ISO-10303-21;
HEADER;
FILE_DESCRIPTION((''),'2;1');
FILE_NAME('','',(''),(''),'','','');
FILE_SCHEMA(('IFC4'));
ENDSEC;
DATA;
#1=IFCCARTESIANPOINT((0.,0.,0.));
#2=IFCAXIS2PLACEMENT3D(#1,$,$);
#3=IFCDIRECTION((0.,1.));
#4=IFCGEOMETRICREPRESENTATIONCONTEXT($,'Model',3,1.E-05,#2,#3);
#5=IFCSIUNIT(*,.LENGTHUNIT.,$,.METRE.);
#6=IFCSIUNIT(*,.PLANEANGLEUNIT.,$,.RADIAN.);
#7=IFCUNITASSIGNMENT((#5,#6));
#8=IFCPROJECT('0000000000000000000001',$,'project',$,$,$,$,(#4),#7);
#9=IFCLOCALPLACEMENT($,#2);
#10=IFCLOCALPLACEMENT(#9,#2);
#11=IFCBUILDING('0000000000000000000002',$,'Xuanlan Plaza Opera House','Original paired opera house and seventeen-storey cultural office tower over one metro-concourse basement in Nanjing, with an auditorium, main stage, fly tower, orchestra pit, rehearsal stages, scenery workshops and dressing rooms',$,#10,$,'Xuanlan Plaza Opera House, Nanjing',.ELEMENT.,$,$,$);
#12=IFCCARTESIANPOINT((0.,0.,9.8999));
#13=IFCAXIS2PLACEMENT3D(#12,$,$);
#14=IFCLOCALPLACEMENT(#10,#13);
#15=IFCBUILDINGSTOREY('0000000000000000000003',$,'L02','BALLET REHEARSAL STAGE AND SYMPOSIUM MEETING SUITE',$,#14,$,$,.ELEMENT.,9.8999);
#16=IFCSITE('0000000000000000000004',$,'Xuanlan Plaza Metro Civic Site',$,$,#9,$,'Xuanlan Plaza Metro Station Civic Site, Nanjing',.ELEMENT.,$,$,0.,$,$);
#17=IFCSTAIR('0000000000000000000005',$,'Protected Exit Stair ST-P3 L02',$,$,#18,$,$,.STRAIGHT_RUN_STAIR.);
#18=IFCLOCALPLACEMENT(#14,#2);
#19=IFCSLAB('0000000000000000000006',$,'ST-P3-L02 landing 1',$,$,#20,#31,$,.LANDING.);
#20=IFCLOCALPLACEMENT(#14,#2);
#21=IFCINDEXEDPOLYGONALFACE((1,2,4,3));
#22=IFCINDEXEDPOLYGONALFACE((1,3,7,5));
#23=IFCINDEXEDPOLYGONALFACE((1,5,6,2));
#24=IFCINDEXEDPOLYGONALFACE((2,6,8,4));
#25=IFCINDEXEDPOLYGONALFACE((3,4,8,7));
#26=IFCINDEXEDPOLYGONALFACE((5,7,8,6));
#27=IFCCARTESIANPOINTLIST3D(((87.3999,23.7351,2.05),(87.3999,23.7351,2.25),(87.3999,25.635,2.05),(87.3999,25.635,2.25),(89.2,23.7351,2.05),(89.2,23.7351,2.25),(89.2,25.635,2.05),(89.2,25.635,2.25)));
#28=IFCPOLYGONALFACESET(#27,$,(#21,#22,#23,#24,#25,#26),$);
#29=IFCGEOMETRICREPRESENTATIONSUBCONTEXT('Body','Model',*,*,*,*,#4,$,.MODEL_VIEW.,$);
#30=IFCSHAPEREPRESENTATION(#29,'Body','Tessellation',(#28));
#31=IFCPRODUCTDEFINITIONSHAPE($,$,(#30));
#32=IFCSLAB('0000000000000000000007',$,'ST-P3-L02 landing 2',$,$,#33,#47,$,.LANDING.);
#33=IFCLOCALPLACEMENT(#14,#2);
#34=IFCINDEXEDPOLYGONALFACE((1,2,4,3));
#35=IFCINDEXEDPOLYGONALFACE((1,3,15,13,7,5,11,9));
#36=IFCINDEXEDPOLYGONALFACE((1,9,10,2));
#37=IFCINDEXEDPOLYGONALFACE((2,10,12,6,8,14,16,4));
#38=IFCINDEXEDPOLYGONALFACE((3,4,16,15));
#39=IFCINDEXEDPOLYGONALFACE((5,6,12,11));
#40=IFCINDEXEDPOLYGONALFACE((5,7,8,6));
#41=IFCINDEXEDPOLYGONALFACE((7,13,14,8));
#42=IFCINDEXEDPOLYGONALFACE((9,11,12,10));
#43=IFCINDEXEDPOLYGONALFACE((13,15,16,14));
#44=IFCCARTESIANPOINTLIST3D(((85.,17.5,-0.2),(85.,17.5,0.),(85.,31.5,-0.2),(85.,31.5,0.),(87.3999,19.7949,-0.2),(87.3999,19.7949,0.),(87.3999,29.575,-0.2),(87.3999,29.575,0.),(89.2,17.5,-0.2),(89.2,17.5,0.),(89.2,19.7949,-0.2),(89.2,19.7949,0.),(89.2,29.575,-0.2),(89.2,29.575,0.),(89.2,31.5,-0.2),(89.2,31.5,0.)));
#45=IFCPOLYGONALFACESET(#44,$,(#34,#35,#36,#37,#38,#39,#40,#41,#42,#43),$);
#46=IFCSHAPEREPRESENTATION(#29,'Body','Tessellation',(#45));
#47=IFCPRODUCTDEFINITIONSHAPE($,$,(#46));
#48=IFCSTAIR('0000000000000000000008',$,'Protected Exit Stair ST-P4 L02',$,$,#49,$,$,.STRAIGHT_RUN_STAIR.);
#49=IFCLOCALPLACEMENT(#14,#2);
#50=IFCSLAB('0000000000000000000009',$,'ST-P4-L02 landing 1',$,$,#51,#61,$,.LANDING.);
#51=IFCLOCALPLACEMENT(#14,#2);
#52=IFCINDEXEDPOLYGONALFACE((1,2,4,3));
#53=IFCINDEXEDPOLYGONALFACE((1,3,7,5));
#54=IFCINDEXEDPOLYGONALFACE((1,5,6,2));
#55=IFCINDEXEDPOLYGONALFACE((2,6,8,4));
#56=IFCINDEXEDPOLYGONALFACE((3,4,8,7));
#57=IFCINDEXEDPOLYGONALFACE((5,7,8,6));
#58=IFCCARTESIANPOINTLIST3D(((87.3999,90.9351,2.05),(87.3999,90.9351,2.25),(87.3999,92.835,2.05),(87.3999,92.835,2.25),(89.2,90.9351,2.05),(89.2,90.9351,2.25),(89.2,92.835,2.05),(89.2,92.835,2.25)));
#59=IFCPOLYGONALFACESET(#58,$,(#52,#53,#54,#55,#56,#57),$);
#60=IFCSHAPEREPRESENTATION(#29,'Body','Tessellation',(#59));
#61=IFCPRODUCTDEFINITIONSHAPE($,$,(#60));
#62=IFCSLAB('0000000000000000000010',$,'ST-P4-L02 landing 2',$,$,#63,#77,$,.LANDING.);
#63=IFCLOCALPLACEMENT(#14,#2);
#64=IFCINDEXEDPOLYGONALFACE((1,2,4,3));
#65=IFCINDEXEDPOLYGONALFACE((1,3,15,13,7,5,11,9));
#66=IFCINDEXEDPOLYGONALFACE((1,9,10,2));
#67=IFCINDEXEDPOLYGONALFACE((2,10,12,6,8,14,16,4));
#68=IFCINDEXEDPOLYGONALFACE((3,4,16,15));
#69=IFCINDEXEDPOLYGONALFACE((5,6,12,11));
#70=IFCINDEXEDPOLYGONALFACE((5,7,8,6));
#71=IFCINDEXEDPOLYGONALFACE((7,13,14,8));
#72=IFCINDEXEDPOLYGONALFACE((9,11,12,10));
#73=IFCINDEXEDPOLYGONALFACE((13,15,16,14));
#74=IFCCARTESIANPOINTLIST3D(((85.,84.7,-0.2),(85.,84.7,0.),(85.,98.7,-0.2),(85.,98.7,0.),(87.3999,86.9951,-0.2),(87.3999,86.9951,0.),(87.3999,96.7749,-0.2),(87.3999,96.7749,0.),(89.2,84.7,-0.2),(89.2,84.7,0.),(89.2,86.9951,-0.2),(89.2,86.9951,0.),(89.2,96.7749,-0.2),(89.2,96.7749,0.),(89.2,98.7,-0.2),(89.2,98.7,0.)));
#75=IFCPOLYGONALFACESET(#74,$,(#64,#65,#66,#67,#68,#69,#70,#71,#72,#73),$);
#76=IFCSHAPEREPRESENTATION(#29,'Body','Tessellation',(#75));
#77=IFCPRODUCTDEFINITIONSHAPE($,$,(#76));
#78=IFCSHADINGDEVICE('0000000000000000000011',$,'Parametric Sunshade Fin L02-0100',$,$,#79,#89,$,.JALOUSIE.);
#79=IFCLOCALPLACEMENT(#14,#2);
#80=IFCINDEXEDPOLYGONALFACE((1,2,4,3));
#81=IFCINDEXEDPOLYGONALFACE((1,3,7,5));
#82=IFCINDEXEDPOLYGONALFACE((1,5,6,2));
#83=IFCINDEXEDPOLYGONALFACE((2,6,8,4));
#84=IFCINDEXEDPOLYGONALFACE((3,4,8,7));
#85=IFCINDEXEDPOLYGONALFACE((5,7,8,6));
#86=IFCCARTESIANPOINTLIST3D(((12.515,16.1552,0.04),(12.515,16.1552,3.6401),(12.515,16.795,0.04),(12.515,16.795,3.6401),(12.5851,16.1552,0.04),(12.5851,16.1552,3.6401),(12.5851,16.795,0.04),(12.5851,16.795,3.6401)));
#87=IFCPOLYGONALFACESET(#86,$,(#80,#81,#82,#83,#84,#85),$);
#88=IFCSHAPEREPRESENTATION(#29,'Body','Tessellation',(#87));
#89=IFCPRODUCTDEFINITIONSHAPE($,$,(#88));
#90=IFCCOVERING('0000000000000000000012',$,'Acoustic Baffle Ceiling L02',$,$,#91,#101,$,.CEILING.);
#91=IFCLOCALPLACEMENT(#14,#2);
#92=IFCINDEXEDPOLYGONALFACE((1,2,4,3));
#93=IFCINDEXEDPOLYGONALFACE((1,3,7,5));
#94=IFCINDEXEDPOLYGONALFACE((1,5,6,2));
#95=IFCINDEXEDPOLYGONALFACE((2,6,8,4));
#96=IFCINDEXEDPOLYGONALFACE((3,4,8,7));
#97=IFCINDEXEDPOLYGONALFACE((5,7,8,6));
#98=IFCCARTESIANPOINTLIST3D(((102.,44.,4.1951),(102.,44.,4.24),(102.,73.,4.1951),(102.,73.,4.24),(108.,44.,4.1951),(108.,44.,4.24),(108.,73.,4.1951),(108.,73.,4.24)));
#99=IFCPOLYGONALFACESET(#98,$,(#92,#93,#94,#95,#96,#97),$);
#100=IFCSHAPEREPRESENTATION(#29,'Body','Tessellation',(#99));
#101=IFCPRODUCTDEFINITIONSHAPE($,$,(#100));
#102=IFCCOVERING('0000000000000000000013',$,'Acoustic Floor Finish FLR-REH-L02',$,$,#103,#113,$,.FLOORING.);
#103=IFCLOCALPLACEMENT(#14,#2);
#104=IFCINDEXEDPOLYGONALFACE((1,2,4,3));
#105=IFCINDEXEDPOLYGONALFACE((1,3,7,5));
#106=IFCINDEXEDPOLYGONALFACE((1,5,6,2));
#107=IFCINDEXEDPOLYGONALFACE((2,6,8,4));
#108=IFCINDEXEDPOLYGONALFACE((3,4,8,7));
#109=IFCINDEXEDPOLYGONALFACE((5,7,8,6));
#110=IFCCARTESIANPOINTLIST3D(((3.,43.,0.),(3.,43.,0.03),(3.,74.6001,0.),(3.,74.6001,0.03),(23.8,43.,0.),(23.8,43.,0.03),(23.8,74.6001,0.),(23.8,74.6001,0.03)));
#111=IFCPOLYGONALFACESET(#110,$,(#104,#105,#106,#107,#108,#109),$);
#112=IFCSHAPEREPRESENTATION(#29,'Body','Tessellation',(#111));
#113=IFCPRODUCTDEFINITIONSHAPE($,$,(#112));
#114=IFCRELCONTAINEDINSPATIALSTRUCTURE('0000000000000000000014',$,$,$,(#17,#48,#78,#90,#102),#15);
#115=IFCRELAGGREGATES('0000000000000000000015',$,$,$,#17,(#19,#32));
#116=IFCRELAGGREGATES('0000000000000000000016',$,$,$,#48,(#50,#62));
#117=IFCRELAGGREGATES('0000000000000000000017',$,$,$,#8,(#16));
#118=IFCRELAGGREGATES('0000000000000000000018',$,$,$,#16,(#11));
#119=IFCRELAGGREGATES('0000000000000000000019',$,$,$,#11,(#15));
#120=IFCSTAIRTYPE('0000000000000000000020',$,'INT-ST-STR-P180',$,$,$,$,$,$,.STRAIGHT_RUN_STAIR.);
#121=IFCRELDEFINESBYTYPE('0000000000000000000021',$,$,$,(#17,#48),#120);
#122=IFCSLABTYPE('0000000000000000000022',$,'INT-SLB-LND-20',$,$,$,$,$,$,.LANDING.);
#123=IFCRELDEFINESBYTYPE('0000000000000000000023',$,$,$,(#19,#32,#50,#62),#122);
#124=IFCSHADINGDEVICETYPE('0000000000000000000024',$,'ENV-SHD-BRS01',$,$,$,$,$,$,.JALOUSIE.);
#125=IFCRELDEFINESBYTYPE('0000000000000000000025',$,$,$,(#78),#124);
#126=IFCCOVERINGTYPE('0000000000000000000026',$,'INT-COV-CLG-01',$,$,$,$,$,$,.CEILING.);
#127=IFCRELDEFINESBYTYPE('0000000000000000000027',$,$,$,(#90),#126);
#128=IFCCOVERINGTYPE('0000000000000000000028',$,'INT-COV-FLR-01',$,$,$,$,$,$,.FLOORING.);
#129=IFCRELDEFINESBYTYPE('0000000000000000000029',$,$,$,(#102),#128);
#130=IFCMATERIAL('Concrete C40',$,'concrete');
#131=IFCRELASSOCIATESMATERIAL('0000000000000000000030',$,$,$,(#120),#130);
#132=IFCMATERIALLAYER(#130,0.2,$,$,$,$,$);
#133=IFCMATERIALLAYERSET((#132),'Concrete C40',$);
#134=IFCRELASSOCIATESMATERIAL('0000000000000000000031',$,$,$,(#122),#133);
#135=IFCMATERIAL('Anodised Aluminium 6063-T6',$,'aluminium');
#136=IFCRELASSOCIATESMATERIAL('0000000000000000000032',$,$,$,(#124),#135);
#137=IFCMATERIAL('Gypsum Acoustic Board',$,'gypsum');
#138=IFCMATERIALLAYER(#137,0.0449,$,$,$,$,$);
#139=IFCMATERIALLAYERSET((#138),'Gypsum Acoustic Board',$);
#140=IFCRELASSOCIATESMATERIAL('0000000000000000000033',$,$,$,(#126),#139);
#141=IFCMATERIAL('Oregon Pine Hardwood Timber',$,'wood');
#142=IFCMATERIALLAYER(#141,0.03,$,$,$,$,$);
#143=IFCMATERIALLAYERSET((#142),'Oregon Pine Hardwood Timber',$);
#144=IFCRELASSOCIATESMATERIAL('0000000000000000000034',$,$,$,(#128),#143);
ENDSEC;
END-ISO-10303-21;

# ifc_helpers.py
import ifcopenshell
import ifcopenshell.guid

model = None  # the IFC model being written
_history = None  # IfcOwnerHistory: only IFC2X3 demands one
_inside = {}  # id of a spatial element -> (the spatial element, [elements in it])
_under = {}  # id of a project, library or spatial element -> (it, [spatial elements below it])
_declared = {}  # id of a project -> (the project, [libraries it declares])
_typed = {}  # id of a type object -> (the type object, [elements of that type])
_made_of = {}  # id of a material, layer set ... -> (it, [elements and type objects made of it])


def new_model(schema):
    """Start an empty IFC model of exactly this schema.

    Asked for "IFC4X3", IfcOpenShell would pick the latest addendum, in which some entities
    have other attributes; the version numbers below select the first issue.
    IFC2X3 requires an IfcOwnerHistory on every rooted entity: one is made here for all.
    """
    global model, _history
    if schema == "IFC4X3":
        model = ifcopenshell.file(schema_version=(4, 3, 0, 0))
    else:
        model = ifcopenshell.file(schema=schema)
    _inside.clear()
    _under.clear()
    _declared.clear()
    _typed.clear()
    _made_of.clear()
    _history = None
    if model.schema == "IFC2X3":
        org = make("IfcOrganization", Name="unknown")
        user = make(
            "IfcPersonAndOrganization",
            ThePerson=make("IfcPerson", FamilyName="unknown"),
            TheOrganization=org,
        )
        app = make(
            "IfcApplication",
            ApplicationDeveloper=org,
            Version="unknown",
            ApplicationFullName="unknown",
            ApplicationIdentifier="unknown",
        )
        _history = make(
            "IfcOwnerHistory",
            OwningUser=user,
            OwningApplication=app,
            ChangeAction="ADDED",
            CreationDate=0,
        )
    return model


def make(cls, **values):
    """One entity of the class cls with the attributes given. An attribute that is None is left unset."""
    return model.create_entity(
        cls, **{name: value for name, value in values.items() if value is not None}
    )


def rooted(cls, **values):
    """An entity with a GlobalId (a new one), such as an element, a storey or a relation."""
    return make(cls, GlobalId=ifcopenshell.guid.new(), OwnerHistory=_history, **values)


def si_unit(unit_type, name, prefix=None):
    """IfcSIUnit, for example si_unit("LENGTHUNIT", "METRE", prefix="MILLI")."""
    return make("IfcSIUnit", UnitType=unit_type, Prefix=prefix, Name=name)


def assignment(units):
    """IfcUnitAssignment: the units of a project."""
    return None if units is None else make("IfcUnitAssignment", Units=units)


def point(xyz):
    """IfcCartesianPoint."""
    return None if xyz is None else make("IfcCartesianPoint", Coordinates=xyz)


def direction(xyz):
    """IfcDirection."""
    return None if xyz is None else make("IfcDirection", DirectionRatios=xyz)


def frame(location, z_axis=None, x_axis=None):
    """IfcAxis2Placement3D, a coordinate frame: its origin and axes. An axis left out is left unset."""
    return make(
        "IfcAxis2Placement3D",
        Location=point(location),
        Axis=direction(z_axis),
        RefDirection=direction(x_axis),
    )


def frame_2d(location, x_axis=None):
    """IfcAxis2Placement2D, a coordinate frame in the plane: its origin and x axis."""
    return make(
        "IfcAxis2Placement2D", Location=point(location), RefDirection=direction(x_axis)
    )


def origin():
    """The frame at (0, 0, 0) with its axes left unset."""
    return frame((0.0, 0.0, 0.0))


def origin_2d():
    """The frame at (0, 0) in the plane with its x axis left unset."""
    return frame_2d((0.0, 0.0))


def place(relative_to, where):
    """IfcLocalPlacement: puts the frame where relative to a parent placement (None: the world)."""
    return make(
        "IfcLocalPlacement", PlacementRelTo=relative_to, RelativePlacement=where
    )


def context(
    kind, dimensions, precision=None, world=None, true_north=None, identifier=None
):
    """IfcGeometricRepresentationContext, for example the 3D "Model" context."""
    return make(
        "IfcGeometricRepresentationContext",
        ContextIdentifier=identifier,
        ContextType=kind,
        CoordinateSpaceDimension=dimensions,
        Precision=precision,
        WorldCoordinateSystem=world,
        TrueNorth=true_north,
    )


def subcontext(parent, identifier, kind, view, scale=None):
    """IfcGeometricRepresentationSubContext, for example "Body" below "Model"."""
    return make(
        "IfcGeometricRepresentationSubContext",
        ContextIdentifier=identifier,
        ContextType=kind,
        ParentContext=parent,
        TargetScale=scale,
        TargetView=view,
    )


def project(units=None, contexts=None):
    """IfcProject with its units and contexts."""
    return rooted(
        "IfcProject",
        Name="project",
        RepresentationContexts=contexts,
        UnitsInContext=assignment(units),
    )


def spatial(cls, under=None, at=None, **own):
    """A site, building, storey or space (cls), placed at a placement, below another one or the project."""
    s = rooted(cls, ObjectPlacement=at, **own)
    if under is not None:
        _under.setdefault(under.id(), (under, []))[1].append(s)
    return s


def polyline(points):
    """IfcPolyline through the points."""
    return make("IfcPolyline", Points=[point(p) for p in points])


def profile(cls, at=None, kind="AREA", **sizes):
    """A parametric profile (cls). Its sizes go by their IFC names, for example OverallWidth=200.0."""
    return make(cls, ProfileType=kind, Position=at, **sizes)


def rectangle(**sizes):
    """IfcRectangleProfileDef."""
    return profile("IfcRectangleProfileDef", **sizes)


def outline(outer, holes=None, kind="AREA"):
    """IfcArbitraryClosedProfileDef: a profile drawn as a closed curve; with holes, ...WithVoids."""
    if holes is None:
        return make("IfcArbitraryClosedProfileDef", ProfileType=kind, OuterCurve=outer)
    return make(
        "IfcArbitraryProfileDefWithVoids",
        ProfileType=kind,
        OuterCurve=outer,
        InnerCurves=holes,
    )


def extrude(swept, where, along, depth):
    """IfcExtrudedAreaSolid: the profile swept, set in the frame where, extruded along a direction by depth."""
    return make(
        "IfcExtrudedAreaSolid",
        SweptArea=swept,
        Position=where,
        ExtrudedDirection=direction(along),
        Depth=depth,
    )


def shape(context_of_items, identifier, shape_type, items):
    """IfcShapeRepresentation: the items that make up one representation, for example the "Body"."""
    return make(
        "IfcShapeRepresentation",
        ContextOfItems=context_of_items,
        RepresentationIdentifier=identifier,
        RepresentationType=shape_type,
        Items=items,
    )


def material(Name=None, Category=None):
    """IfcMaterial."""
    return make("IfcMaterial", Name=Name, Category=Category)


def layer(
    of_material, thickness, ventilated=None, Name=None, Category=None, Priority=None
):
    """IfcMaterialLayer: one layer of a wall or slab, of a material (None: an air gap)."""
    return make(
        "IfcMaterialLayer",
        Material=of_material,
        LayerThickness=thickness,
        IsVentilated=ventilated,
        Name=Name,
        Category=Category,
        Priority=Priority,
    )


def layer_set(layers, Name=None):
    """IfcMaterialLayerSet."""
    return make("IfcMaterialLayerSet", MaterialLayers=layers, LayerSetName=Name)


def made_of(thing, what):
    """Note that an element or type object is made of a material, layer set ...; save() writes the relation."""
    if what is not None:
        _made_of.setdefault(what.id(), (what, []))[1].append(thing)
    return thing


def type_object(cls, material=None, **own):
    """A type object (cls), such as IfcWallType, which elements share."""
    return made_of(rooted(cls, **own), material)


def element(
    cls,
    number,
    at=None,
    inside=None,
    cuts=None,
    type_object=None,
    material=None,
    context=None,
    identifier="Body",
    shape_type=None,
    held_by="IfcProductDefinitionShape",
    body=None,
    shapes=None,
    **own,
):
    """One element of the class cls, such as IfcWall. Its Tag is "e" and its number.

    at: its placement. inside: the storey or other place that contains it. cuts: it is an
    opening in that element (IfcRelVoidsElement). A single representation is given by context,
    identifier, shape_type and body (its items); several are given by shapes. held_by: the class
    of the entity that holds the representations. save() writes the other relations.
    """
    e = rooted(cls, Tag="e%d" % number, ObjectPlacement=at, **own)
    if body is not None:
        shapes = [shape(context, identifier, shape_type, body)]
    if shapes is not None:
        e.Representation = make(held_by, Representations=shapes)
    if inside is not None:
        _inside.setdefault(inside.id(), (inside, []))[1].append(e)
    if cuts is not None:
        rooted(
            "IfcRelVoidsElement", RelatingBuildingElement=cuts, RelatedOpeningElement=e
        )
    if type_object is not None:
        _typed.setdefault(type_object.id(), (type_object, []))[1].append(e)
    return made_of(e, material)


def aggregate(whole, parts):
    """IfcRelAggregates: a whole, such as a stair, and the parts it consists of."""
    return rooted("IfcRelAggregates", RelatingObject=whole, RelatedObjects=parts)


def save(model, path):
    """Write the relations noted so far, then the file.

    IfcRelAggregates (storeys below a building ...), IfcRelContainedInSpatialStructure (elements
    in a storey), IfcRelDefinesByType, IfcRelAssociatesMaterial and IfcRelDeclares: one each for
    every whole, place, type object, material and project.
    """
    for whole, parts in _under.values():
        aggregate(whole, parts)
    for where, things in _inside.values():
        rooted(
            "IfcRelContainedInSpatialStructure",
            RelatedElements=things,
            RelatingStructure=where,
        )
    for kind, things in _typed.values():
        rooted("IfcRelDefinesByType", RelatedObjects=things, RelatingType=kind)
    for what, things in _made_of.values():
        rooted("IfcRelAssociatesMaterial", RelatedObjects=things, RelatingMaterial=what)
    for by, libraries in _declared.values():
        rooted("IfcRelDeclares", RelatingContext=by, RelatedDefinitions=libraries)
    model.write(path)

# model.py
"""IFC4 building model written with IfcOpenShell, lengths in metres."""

from ifc_helpers import new_model, si_unit, direction, frame, origin, origin_2d, place, context, subcontext, project, spatial, polyline, rectangle, outline, extrude, material, layer, layer_set, type_object, element, aggregate, save


model = new_model("IFC4")

# Units and contexts
model_context = context("Model", 3, precision=1e-05, world=origin(), true_north=direction((0.0, 1.0)))
body_context = subcontext(model_context, "Body", "Model", "MODEL_VIEW")
ifc_project = project(units=[si_unit("LENGTHUNIT", "METRE"), si_unit("PLANEANGLEUNIT", "RADIAN")], contexts=[model_context])

# Site, building, storey
site_placement = place(None, origin())
site = spatial("IfcSite", under=ifc_project, at=site_placement, Name="Xuanlan Plaza Metro Civic Site", LongName="Xuanlan Plaza Metro Station Civic Site, Nanjing", CompositionType="ELEMENT", RefElevation=0.0)
building_placement = place(site_placement, origin())
building = spatial("IfcBuilding", under=site, at=building_placement, Name="Xuanlan Plaza Opera House", Description="Original paired opera house and seventeen-storey cultural office tower over one metro-concourse basement in Nanjing, with an auditorium, main stage, fly tower, orchestra pit, rehearsal stages, scenery workshops and dressing rooms", LongName="Xuanlan Plaza Opera House, Nanjing", CompositionType="ELEMENT")
storey_placement = place(building_placement, frame((0.0, 0.0, 9.8999)))
storey = spatial("IfcBuildingStorey", under=building, at=storey_placement, Name="L02", Description="BALLET REHEARSAL STAGE AND SYMPOSIUM MEETING SUITE", CompositionType="ELEMENT", Elevation=9.8999)

# Shared definitions
ifc_material_1 = material(Name="Concrete C40", Category="concrete")

# Shared definitions
ifc_material_2 = material(Name="Anodised Aluminium 6063-T6", Category="aluminium")

# Shared definitions
stair_type_1 = type_object("IfcStairType", Name="INT-ST-STR-P180", PredefinedType="STRAIGHT_RUN_STAIR", material=ifc_material_1)
ifc_layer_1 = layer(ifc_material_1, 0.2)
ifc_layer_set_1 = layer_set([ifc_layer_1], Name="Concrete C40")
slab_type_1 = type_object("IfcSlabType", Name="INT-SLB-LND-20", PredefinedType="LANDING", material=ifc_layer_set_1)

# Stairs, slabs
stair_1_placement = place(storey_placement, origin())
stair_1 = element("IfcStair", 1, at=stair_1_placement, inside=storey, type_object=stair_type_1, Name="Protected Exit Stair ST-P3 L02", PredefinedType="STRAIGHT_RUN_STAIR")
slab_1_placement = place(storey_placement, frame((0.0, 0.0, 2.05)))
slab_1 = element("IfcSlab", 2, at=slab_1_placement, type_object=slab_type_1, Name="ST-P3-L02 landing 1", PredefinedType="LANDING", context=body_context, shape_type="SweptSolid", body=[
    extrude(outline(polyline([(87.3999, 23.7351), (89.2, 23.7351), (89.2, 25.635), (87.3999, 25.635), (87.3999, 23.7351)])), origin(), (0.0, 0.0, 1.0), 0.2),
])
slab_2_placement = place(storey_placement, frame((0.0, 0.0, -0.2)))
slab_2 = element("IfcSlab", 3, at=slab_2_placement, type_object=slab_type_1, Name="ST-P3-L02 landing 2", PredefinedType="LANDING", context=body_context, shape_type="SweptSolid", body=[
    extrude(outline(polyline([(85.0, 17.5), (89.2, 17.5), (89.2, 19.7949), (87.3999, 19.7949), (87.3999, 29.575), (89.2, 29.575), (89.2, 31.5), (85.0, 31.5), (85.0, 17.5)])), origin(), (0.0, 0.0, 1.0), 0.2),
])
aggregate(stair_1, [slab_1, slab_2])
stair_2_placement = place(storey_placement, origin())
stair_2 = element("IfcStair", 4, at=stair_2_placement, inside=storey, type_object=stair_type_1, Name="Protected Exit Stair ST-P4 L02", PredefinedType="STRAIGHT_RUN_STAIR")
slab_3_placement = place(storey_placement, frame((0.0, 0.0, 2.05)))
slab_3 = element("IfcSlab", 5, at=slab_3_placement, type_object=slab_type_1, Name="ST-P4-L02 landing 1", PredefinedType="LANDING", context=body_context, shape_type="SweptSolid", body=[
    extrude(outline(polyline([(87.3999, 90.9351), (89.2, 90.9351), (89.2, 92.835), (87.3999, 92.835), (87.3999, 90.9351)])), origin(), (0.0, 0.0, 1.0), 0.2),
])
slab_4_placement = place(storey_placement, frame((0.0, 0.0, -0.2)))
slab_4 = element("IfcSlab", 6, at=slab_4_placement, type_object=slab_type_1, Name="ST-P4-L02 landing 2", PredefinedType="LANDING", context=body_context, shape_type="SweptSolid", body=[
    extrude(outline(polyline([(85.0, 84.7), (89.2, 84.7), (89.2, 86.9951), (87.3999, 86.9951), (87.3999, 96.7749), (89.2, 96.7749), (89.2, 98.7), (85.0, 98.7), (85.0, 84.7)])), origin(), (0.0, 0.0, 1.0), 0.2),
])
aggregate(stair_2, [slab_3, slab_4])

# Shading device
shading_device_type = type_object("IfcShadingDeviceType", Name="ENV-SHD-BRS01", PredefinedType="JALOUSIE", material=ifc_material_2)
shading_device_placement = place(storey_placement, frame((12.55, 16.4751, 0.04), z_axis=(0.0, 0.0, 1.0), x_axis=(0.0, -1.0, 0.0)))
element("IfcShadingDevice", 7, at=shading_device_placement, inside=storey, type_object=shading_device_type, Name="Parametric Sunshade Fin L02-0100", PredefinedType="JALOUSIE", context=body_context, shape_type="SweptSolid", body=[
    extrude(rectangle(XDim=0.6399, YDim=0.0701, at=origin_2d()), origin(), (0.0, 0.0, 1.0), 3.6001),
])

# Coverings
ifc_material_3 = material(Name="Gypsum Acoustic Board", Category="gypsum")
ifc_layer_2 = layer(ifc_material_3, 0.0449)
ifc_layer_set_2 = layer_set([ifc_layer_2], Name="Gypsum Acoustic Board")
covering_type_1 = type_object("IfcCoveringType", Name="INT-COV-CLG-01", PredefinedType="CEILING", material=ifc_layer_set_2)
covering_1_placement = place(storey_placement, frame((0.0, 0.0, 4.1951)))
element("IfcCovering", 8, at=covering_1_placement, inside=storey, type_object=covering_type_1, Name="Acoustic Baffle Ceiling L02", PredefinedType="CEILING", context=body_context, shape_type="SweptSolid", body=[
    extrude(outline(polyline([(102.0, 44.0), (108.0, 44.0), (108.0, 73.0), (102.0, 73.0), (102.0, 44.0)])), origin(), (0.0, 0.0, 1.0), 0.0449),
])
ifc_material_4 = material(Name="Oregon Pine Hardwood Timber", Category="wood")
ifc_layer_3 = layer(ifc_material_4, 0.03)
ifc_layer_set_3 = layer_set([ifc_layer_3], Name="Oregon Pine Hardwood Timber")
covering_type_2 = type_object("IfcCoveringType", Name="INT-COV-FLR-01", PredefinedType="FLOORING", material=ifc_layer_set_3)
covering_2_placement = place(storey_placement, origin())
element("IfcCovering", 9, at=covering_2_placement, inside=storey, type_object=covering_type_2, Name="Acoustic Floor Finish FLR-REH-L02", PredefinedType="FLOORING", context=body_context, shape_type="SweptSolid", body=[
    extrude(outline(polyline([(3.0, 43.0), (23.8, 43.0), (23.8, 74.6001), (3.0, 74.6001), (3.0, 43.0)])), origin(), (0.0, 0.0, 1.0), 0.03),
])

save(model, "model.ifc")
